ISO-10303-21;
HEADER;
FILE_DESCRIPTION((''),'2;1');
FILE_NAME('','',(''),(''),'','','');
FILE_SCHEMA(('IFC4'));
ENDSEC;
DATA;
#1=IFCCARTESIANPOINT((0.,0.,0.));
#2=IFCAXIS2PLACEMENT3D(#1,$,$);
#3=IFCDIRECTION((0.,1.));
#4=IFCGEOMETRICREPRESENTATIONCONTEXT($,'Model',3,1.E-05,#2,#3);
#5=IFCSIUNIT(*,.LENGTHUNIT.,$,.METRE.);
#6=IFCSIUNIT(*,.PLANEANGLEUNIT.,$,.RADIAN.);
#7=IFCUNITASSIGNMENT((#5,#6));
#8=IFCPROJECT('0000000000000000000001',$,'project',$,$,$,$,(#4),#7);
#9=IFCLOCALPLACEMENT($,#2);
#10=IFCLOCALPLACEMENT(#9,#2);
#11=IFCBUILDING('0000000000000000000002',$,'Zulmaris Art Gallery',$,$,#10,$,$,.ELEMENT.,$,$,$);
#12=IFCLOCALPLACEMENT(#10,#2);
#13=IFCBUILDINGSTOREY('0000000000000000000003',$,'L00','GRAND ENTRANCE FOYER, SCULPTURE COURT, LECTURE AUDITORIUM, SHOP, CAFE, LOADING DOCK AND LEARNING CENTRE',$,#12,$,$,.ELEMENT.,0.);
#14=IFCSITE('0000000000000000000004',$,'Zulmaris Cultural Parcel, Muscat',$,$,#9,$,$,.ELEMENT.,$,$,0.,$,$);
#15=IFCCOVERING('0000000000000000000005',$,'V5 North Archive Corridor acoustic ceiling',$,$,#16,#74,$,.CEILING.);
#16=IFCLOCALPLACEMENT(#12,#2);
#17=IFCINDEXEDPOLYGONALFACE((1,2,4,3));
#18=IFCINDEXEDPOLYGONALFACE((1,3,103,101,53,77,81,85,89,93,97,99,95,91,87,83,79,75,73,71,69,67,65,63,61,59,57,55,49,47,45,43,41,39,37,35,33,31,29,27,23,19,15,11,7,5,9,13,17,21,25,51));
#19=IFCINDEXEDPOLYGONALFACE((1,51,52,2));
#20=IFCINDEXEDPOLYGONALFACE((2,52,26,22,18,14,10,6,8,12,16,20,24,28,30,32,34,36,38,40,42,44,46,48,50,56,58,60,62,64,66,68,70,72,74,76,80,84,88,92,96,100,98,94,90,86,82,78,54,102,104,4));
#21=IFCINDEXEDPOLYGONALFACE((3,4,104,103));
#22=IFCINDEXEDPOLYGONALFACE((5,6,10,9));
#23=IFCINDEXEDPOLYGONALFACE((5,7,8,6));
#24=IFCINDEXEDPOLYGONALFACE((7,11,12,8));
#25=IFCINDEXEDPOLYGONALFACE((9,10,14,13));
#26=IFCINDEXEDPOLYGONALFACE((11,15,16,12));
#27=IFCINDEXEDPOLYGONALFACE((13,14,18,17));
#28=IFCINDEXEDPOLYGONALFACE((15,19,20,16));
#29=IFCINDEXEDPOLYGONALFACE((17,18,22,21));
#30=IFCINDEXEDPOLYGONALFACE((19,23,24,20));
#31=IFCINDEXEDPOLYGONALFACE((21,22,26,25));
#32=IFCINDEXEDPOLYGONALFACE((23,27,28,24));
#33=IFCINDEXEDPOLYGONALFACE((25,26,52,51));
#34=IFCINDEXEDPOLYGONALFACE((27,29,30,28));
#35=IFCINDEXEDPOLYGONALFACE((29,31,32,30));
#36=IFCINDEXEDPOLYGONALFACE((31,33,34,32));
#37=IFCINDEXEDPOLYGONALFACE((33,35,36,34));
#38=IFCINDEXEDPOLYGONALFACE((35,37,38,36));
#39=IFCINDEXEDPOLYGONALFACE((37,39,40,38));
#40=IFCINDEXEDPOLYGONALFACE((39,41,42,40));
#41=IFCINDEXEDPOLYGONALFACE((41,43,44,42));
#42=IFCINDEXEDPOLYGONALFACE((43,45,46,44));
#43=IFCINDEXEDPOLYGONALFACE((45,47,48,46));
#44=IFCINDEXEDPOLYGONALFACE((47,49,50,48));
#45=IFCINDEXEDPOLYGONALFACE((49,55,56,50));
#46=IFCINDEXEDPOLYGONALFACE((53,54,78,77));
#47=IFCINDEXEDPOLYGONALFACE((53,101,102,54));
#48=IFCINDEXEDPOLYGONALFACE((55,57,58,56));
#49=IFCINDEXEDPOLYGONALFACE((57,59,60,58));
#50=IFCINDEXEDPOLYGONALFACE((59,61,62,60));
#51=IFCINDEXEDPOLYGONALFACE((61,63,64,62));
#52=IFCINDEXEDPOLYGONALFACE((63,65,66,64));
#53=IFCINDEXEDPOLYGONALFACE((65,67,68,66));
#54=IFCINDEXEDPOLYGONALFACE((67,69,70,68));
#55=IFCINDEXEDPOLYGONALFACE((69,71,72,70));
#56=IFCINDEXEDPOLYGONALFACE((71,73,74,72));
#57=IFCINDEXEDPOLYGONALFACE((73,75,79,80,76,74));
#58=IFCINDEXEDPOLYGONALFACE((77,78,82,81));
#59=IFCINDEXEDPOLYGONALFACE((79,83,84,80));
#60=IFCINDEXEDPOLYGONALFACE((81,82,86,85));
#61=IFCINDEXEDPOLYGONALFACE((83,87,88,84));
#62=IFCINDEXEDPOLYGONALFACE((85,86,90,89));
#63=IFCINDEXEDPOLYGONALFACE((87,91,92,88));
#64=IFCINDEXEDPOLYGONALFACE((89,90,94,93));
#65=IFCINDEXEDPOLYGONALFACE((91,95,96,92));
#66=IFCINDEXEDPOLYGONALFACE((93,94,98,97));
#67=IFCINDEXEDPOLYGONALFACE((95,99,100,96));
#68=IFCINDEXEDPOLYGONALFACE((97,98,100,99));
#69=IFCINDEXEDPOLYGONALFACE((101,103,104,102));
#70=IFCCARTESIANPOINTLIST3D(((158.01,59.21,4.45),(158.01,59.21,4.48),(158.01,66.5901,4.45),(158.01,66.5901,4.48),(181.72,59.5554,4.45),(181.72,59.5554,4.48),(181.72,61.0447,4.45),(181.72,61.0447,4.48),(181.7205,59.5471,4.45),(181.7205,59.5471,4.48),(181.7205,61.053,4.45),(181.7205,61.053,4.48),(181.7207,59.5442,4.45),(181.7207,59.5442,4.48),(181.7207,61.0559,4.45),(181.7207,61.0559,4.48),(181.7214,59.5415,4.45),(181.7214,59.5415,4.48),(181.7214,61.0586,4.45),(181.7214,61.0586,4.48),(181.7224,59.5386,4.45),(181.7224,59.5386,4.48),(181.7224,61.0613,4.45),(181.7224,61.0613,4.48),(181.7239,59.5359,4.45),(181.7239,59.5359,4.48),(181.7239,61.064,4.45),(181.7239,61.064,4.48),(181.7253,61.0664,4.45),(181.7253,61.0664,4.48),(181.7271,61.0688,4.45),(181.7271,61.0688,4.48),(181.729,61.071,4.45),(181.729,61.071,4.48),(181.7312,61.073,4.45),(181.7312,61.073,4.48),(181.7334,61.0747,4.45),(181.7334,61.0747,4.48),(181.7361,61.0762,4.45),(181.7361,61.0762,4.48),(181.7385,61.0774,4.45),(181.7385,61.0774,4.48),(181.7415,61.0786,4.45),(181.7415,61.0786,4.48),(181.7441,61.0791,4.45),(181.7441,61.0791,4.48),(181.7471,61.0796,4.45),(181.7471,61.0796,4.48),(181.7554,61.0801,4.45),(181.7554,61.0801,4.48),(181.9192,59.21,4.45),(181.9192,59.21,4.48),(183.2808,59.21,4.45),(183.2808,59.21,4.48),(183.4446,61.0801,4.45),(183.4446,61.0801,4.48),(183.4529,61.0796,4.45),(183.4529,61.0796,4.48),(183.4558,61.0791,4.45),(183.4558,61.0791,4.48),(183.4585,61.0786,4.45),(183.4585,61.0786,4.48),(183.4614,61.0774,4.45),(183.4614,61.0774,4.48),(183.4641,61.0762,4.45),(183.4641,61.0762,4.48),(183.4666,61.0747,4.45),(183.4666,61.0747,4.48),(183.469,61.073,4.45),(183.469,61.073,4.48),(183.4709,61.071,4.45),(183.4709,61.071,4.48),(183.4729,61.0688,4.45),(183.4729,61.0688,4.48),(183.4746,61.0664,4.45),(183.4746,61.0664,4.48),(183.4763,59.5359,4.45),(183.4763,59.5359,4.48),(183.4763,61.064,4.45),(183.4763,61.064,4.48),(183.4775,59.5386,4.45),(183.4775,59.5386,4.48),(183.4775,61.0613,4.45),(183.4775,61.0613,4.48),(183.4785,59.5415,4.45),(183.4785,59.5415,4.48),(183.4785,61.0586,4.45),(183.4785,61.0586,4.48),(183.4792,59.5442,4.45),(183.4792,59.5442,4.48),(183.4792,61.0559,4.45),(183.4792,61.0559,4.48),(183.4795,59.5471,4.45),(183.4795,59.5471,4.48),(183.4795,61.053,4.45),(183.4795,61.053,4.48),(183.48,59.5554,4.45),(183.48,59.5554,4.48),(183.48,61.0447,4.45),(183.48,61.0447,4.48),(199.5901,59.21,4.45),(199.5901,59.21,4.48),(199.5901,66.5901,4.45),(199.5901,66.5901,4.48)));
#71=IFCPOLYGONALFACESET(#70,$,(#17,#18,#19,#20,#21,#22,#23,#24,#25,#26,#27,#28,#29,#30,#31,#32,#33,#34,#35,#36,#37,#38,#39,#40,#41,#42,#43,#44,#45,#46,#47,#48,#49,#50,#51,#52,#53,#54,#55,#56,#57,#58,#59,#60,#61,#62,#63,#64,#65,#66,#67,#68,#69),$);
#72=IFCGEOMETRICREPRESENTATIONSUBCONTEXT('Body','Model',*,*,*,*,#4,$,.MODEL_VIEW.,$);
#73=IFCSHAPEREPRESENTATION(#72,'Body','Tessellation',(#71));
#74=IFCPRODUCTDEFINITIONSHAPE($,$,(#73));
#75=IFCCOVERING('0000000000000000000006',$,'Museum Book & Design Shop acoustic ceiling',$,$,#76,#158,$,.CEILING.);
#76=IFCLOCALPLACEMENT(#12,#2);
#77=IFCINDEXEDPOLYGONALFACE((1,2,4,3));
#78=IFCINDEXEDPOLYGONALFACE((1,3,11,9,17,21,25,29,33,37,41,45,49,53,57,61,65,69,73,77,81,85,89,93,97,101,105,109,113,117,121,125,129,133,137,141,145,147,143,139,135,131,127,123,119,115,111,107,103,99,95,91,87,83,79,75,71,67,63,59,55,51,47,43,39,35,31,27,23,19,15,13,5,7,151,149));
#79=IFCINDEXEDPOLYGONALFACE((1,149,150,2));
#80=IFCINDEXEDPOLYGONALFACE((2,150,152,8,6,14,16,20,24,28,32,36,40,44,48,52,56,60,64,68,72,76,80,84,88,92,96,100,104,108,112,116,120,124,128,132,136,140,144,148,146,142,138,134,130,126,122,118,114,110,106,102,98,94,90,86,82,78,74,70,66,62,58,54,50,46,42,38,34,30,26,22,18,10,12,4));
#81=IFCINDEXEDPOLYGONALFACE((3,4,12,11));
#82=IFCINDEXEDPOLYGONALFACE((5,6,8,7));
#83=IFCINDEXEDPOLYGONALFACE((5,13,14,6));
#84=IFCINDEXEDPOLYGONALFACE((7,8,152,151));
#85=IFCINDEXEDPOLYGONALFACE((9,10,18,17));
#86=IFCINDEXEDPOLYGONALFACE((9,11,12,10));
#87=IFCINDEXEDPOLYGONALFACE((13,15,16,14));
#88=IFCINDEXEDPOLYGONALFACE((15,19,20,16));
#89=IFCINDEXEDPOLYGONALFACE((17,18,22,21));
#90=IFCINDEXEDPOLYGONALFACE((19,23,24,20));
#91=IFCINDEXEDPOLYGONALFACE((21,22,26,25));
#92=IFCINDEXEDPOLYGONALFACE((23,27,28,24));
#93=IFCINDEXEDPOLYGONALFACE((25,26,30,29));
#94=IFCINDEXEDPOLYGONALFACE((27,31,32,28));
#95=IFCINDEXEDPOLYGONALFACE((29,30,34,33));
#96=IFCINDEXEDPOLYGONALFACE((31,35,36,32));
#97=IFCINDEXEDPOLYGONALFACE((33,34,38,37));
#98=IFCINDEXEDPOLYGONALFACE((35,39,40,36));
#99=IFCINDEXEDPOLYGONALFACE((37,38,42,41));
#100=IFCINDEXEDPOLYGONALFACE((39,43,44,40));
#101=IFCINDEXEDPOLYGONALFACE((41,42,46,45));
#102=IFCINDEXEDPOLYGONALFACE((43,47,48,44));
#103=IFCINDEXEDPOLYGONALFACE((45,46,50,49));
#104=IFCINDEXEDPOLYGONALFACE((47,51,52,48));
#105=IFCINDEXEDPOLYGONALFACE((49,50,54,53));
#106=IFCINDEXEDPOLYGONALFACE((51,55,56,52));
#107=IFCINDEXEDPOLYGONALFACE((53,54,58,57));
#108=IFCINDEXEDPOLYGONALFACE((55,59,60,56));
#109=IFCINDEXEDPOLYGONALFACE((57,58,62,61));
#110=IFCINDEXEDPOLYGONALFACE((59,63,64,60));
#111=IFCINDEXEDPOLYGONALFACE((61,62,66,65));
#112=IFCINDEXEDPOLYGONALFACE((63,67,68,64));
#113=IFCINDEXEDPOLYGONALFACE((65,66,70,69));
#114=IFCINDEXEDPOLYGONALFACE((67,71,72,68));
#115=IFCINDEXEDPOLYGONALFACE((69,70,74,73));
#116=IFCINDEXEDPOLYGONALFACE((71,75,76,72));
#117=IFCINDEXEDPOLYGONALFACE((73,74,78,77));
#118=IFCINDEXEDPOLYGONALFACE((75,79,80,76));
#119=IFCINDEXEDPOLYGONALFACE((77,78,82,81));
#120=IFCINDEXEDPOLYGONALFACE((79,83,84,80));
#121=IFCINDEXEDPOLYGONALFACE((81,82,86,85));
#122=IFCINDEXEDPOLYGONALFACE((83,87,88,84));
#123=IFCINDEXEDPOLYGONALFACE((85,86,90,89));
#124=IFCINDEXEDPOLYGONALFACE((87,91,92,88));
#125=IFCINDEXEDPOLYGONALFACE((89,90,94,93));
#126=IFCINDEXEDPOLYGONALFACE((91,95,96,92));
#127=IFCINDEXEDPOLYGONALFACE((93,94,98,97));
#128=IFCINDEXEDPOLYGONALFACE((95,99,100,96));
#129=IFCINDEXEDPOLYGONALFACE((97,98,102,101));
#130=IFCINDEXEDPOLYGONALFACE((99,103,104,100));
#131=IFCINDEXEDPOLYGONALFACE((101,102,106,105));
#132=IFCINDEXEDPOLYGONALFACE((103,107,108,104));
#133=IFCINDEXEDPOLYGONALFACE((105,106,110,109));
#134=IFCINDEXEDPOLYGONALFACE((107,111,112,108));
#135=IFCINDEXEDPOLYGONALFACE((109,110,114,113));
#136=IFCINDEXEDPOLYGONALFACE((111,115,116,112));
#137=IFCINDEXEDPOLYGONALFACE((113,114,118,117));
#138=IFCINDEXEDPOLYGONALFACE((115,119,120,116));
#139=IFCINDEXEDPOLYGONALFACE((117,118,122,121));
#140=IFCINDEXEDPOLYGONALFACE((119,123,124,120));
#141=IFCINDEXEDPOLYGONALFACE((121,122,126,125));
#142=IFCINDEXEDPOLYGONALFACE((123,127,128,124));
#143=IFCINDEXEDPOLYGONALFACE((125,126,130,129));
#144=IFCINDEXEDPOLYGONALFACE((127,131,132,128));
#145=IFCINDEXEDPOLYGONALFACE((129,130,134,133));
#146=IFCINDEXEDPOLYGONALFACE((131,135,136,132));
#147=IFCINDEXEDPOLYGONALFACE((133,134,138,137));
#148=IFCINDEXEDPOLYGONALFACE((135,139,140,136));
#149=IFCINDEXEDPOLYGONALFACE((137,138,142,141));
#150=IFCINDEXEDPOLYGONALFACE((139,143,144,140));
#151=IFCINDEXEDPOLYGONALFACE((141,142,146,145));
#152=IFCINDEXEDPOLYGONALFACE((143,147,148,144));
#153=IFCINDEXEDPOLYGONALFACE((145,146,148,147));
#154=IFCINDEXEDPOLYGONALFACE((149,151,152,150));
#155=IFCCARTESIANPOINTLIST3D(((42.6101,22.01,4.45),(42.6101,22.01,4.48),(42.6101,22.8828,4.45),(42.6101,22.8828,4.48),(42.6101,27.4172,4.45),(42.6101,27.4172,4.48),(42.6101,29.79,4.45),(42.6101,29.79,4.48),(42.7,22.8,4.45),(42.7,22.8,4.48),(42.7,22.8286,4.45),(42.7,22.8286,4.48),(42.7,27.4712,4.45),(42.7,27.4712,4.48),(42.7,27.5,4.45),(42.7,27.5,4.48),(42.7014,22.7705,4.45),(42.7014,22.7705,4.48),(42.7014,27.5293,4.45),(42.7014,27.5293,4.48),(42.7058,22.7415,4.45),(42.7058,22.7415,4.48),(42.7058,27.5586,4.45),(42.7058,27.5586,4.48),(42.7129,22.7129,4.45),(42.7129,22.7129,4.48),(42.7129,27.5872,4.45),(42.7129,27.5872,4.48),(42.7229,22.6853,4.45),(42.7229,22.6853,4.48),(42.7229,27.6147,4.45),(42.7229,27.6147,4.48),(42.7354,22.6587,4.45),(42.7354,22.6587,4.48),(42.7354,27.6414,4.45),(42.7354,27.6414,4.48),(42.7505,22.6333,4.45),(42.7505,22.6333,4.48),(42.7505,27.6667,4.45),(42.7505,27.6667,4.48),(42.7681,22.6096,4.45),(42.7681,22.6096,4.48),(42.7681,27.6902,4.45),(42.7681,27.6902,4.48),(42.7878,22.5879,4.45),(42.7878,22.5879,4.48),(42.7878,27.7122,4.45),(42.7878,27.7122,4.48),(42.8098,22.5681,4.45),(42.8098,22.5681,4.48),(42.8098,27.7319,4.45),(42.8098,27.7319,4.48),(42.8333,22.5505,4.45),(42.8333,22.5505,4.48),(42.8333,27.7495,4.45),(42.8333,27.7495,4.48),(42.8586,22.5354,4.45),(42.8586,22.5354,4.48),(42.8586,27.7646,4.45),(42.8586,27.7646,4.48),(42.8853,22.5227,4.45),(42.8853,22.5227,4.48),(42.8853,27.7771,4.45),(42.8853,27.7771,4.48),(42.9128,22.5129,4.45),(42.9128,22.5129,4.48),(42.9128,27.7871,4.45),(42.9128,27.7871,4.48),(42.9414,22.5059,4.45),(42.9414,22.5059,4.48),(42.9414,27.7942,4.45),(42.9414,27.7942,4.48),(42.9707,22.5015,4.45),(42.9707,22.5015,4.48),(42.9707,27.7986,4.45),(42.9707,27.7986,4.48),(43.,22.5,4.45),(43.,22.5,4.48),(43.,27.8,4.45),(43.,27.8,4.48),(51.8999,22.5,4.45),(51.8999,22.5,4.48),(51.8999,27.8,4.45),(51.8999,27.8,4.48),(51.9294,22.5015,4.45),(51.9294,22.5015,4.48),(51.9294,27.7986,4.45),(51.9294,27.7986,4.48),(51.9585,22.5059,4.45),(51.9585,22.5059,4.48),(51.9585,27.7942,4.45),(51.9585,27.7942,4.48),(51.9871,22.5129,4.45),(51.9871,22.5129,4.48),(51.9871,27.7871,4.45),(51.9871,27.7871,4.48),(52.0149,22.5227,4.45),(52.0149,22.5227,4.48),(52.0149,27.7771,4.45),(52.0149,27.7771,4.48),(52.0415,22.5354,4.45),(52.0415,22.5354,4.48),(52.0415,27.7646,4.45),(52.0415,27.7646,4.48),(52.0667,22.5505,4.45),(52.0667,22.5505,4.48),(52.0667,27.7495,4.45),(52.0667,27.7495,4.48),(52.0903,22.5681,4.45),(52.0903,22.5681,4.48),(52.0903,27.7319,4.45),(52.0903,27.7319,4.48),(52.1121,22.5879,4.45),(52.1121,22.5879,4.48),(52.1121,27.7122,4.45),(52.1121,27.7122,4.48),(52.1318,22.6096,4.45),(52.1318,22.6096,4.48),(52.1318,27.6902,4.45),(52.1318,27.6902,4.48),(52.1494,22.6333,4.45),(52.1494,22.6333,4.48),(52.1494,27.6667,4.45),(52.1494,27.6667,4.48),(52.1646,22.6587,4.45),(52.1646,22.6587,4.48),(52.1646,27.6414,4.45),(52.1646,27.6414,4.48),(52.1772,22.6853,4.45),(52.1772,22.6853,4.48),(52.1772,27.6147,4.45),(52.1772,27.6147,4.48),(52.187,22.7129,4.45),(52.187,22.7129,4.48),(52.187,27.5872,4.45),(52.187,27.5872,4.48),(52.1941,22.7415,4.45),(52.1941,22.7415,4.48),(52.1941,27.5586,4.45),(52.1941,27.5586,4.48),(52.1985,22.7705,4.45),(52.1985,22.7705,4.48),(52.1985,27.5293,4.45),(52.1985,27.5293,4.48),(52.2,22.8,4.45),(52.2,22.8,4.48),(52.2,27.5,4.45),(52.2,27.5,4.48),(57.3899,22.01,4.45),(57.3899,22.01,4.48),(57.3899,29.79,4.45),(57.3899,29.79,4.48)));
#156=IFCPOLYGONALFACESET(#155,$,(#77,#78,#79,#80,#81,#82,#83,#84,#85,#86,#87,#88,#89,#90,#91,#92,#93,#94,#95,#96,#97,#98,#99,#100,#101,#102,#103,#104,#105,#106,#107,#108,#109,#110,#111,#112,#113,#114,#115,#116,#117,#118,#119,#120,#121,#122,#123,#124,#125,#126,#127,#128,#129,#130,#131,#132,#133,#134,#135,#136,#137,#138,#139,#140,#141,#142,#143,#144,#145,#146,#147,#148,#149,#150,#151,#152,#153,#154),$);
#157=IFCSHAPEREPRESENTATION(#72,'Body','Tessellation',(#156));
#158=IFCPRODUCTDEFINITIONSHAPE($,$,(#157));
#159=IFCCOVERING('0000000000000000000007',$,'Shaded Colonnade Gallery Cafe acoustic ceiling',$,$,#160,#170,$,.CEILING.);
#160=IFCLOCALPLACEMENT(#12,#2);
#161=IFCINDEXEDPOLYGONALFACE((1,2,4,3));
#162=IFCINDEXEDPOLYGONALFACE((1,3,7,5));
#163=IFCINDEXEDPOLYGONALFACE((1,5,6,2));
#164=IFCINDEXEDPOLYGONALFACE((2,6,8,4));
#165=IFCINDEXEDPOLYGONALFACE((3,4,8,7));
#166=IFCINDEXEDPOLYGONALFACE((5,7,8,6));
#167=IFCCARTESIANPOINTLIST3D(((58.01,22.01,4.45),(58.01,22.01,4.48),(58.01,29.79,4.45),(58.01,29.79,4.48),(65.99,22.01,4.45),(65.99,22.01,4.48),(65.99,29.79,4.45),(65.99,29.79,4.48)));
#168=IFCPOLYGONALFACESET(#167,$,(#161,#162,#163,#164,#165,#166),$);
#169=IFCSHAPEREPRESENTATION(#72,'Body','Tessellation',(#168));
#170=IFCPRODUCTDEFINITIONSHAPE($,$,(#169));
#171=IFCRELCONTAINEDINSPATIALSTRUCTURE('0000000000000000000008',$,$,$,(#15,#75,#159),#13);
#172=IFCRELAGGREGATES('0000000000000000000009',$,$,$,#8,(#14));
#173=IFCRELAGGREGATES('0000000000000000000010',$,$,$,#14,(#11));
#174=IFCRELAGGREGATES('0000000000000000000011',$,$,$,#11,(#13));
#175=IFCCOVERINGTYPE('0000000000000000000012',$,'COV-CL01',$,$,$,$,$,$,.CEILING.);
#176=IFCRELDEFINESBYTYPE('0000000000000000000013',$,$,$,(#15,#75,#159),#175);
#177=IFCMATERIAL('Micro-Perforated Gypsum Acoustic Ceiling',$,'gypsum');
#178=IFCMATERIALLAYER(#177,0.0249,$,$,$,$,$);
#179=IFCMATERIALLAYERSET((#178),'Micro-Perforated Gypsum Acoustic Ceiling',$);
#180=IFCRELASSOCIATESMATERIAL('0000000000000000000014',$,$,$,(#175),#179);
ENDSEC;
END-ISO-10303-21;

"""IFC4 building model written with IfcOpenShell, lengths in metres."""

from ifc_helpers import new_model, si_unit, direction, frame, origin, place, context, subcontext, project, spatial, polyline, outline, extrude, material, layer, layer_set, type_object, element, save


model = new_model("IFC4")

# Units and contexts
model_context = context("Model", 3, precision=1e-05, world=origin(), true_north=direction((0.0, 1.0)))
body_context = subcontext(model_context, "Body", "Model", "MODEL_VIEW")
ifc_project = project(units=[si_unit("LENGTHUNIT", "METRE"), si_unit("PLANEANGLEUNIT", "RADIAN")], contexts=[model_context])

# Site, building, storey
site_placement = place(None, origin())
site = spatial("IfcSite", under=ifc_project, at=site_placement, Name="Zulmaris Cultural Parcel, Muscat", CompositionType="ELEMENT", RefElevation=0.0)
building_placement = place(site_placement, origin())
building = spatial("IfcBuilding", under=site, at=building_placement, Name="Zulmaris Art Gallery", CompositionType="ELEMENT")
storey_placement = place(building_placement, origin())
storey = spatial("IfcBuildingStorey", under=building, at=storey_placement, Name="L00", Description="GRAND ENTRANCE FOYER, SCULPTURE COURT, LECTURE AUDITORIUM, SHOP, CAFE, LOADING DOCK AND LEARNING CENTRE", CompositionType="ELEMENT", Elevation=0.0)

# Coverings
ifc_material_1 = material(Name="Micro-Perforated Gypsum Acoustic Ceiling", Category="gypsum")
ifc_layer_1 = layer(ifc_material_1, 0.0249)
ifc_layer_set_1 = layer_set([ifc_layer_1], Name="Micro-Perforated Gypsum Acoustic Ceiling")
covering_type_1 = type_object("IfcCoveringType", Name="COV-CL01", PredefinedType="CEILING", material=ifc_layer_set_1)
covering_1_placement = place(storey_placement, frame((0.0, 0.0, 4.45)))
element("IfcCovering", 1, at=covering_1_placement, inside=storey, type_object=covering_type_1, Name="V5 North Archive Corridor acoustic ceiling", PredefinedType="CEILING", context=body_context, shape_type="SweptSolid", body=[
    extrude(outline(polyline([(199.5901, 66.5901), (199.5901, 59.21), (183.2808, 59.21), (183.4763, 59.5359), (183.4775, 59.5386), (183.4785, 59.5415), (183.4792, 59.5442), (183.4795, 59.5471), (183.48, 59.5554), (183.48, 61.0447), (183.4795, 61.053), (183.4792, 61.0559), (183.4785, 61.0586), (183.4775, 61.0613), (183.4763, 61.064), (183.4746, 61.0664), (183.4729, 61.0688), (183.4709, 61.071), (183.469, 61.073), (183.4666, 61.0747), (183.4641, 61.0762), (183.4614, 61.0774), (183.4585, 61.0786), (183.4558, 61.0791), (183.4529, 61.0796), (183.4446, 61.0801), (181.7554, 61.0801), (181.7471, 61.0796), (181.7441, 61.0791), (181.7415, 61.0786), (181.7385, 61.0774), (181.7361, 61.0762), (181.7334, 61.0747), (181.7312, 61.073), (181.729, 61.071), (181.7271, 61.0688), (181.7253, 61.0664), (181.7239, 61.064), (181.7224, 61.0613), (181.7214, 61.0586), (181.7207, 61.0559), (181.7205, 61.053), (181.72, 61.0447), (181.72, 59.5554), (181.7205, 59.5471), (181.7207, 59.5442), (181.7214, 59.5415), (181.7224, 59.5386), (181.7239, 59.5359), (181.9192, 59.21), (158.01, 59.21), (158.01, 66.5901), (199.5901, 66.5901)])), origin(), (0.0, 0.0, 1.0), 0.03),
])
covering_2_placement = place(storey_placement, frame((0.0, 0.0, 4.45)))
element("IfcCovering", 2, at=covering_2_placement, inside=storey, type_object=covering_type_1, Name="Museum Book & Design Shop acoustic ceiling", PredefinedType="CEILING", context=body_context, shape_type="SweptSolid", body=[
    extrude(outline(polyline([(42.6101, 29.79), (57.3899, 29.79), (57.3899, 22.01), (42.6101, 22.01), (42.6101, 22.8828), (42.7, 22.8286), (42.7, 22.8), (42.7014, 22.7705), (42.7058, 22.7415), (42.7129, 22.7129), (42.7229, 22.6853), (42.7354, 22.6587), (42.7505, 22.6333), (42.7681, 22.6096), (42.7878, 22.5879), (42.8098, 22.5681), (42.8333, 22.5505), (42.8586, 22.5354), (42.8853, 22.5227), (42.9128, 22.5129), (42.9414, 22.5059), (42.9707, 22.5015), (43.0, 22.5), (51.8999, 22.5), (51.9294, 22.5015), (51.9585, 22.5059), (51.9871, 22.5129), (52.0149, 22.5227), (52.0415, 22.5354), (52.0667, 22.5505), (52.0903, 22.5681), (52.1121, 22.5879), (52.1318, 22.6096), (52.1494, 22.6333), (52.1646, 22.6587), (52.1772, 22.6853), (52.187, 22.7129), (52.1941, 22.7415), (52.1985, 22.7705), (52.2, 22.8), (52.2, 27.5), (52.1985, 27.5293), (52.1941, 27.5586), (52.187, 27.5872), (52.1772, 27.6147), (52.1646, 27.6414), (52.1494, 27.6667), (52.1318, 27.6902), (52.1121, 27.7122), (52.0903, 27.7319), (52.0667, 27.7495), (52.0415, 27.7646), (52.0149, 27.7771), (51.9871, 27.7871), (51.9585, 27.7942), (51.9294, 27.7986), (51.8999, 27.8), (43.0, 27.8), (42.9707, 27.7986), (42.9414, 27.7942), (42.9128, 27.7871), (42.8853, 27.7771), (42.8586, 27.7646), (42.8333, 27.7495), (42.8098, 27.7319), (42.7878, 27.7122), (42.7681, 27.6902), (42.7505, 27.6667), (42.7354, 27.6414), (42.7229, 27.6147), (42.7129, 27.5872), (42.7058, 27.5586), (42.7014, 27.5293), (42.7, 27.5), (42.7, 27.4712), (42.6101, 27.4172), (42.6101, 29.79)])), origin(), (0.0, 0.0, 1.0), 0.03),
])
covering_3_placement = place(storey_placement, frame((0.0, 0.0, 4.45)))
element("IfcCovering", 3, at=covering_3_placement, inside=storey, type_object=covering_type_1, Name="Shaded Colonnade Gallery Cafe acoustic ceiling", PredefinedType="CEILING", context=body_context, shape_type="SweptSolid", body=[
    extrude(outline(polyline([(58.01, 29.79), (65.99, 29.79), (65.99, 22.01), (58.01, 22.01), (58.01, 29.79)])), origin(), (0.0, 0.0, 1.0), 0.03),
])

save(model, "model.ifc")
